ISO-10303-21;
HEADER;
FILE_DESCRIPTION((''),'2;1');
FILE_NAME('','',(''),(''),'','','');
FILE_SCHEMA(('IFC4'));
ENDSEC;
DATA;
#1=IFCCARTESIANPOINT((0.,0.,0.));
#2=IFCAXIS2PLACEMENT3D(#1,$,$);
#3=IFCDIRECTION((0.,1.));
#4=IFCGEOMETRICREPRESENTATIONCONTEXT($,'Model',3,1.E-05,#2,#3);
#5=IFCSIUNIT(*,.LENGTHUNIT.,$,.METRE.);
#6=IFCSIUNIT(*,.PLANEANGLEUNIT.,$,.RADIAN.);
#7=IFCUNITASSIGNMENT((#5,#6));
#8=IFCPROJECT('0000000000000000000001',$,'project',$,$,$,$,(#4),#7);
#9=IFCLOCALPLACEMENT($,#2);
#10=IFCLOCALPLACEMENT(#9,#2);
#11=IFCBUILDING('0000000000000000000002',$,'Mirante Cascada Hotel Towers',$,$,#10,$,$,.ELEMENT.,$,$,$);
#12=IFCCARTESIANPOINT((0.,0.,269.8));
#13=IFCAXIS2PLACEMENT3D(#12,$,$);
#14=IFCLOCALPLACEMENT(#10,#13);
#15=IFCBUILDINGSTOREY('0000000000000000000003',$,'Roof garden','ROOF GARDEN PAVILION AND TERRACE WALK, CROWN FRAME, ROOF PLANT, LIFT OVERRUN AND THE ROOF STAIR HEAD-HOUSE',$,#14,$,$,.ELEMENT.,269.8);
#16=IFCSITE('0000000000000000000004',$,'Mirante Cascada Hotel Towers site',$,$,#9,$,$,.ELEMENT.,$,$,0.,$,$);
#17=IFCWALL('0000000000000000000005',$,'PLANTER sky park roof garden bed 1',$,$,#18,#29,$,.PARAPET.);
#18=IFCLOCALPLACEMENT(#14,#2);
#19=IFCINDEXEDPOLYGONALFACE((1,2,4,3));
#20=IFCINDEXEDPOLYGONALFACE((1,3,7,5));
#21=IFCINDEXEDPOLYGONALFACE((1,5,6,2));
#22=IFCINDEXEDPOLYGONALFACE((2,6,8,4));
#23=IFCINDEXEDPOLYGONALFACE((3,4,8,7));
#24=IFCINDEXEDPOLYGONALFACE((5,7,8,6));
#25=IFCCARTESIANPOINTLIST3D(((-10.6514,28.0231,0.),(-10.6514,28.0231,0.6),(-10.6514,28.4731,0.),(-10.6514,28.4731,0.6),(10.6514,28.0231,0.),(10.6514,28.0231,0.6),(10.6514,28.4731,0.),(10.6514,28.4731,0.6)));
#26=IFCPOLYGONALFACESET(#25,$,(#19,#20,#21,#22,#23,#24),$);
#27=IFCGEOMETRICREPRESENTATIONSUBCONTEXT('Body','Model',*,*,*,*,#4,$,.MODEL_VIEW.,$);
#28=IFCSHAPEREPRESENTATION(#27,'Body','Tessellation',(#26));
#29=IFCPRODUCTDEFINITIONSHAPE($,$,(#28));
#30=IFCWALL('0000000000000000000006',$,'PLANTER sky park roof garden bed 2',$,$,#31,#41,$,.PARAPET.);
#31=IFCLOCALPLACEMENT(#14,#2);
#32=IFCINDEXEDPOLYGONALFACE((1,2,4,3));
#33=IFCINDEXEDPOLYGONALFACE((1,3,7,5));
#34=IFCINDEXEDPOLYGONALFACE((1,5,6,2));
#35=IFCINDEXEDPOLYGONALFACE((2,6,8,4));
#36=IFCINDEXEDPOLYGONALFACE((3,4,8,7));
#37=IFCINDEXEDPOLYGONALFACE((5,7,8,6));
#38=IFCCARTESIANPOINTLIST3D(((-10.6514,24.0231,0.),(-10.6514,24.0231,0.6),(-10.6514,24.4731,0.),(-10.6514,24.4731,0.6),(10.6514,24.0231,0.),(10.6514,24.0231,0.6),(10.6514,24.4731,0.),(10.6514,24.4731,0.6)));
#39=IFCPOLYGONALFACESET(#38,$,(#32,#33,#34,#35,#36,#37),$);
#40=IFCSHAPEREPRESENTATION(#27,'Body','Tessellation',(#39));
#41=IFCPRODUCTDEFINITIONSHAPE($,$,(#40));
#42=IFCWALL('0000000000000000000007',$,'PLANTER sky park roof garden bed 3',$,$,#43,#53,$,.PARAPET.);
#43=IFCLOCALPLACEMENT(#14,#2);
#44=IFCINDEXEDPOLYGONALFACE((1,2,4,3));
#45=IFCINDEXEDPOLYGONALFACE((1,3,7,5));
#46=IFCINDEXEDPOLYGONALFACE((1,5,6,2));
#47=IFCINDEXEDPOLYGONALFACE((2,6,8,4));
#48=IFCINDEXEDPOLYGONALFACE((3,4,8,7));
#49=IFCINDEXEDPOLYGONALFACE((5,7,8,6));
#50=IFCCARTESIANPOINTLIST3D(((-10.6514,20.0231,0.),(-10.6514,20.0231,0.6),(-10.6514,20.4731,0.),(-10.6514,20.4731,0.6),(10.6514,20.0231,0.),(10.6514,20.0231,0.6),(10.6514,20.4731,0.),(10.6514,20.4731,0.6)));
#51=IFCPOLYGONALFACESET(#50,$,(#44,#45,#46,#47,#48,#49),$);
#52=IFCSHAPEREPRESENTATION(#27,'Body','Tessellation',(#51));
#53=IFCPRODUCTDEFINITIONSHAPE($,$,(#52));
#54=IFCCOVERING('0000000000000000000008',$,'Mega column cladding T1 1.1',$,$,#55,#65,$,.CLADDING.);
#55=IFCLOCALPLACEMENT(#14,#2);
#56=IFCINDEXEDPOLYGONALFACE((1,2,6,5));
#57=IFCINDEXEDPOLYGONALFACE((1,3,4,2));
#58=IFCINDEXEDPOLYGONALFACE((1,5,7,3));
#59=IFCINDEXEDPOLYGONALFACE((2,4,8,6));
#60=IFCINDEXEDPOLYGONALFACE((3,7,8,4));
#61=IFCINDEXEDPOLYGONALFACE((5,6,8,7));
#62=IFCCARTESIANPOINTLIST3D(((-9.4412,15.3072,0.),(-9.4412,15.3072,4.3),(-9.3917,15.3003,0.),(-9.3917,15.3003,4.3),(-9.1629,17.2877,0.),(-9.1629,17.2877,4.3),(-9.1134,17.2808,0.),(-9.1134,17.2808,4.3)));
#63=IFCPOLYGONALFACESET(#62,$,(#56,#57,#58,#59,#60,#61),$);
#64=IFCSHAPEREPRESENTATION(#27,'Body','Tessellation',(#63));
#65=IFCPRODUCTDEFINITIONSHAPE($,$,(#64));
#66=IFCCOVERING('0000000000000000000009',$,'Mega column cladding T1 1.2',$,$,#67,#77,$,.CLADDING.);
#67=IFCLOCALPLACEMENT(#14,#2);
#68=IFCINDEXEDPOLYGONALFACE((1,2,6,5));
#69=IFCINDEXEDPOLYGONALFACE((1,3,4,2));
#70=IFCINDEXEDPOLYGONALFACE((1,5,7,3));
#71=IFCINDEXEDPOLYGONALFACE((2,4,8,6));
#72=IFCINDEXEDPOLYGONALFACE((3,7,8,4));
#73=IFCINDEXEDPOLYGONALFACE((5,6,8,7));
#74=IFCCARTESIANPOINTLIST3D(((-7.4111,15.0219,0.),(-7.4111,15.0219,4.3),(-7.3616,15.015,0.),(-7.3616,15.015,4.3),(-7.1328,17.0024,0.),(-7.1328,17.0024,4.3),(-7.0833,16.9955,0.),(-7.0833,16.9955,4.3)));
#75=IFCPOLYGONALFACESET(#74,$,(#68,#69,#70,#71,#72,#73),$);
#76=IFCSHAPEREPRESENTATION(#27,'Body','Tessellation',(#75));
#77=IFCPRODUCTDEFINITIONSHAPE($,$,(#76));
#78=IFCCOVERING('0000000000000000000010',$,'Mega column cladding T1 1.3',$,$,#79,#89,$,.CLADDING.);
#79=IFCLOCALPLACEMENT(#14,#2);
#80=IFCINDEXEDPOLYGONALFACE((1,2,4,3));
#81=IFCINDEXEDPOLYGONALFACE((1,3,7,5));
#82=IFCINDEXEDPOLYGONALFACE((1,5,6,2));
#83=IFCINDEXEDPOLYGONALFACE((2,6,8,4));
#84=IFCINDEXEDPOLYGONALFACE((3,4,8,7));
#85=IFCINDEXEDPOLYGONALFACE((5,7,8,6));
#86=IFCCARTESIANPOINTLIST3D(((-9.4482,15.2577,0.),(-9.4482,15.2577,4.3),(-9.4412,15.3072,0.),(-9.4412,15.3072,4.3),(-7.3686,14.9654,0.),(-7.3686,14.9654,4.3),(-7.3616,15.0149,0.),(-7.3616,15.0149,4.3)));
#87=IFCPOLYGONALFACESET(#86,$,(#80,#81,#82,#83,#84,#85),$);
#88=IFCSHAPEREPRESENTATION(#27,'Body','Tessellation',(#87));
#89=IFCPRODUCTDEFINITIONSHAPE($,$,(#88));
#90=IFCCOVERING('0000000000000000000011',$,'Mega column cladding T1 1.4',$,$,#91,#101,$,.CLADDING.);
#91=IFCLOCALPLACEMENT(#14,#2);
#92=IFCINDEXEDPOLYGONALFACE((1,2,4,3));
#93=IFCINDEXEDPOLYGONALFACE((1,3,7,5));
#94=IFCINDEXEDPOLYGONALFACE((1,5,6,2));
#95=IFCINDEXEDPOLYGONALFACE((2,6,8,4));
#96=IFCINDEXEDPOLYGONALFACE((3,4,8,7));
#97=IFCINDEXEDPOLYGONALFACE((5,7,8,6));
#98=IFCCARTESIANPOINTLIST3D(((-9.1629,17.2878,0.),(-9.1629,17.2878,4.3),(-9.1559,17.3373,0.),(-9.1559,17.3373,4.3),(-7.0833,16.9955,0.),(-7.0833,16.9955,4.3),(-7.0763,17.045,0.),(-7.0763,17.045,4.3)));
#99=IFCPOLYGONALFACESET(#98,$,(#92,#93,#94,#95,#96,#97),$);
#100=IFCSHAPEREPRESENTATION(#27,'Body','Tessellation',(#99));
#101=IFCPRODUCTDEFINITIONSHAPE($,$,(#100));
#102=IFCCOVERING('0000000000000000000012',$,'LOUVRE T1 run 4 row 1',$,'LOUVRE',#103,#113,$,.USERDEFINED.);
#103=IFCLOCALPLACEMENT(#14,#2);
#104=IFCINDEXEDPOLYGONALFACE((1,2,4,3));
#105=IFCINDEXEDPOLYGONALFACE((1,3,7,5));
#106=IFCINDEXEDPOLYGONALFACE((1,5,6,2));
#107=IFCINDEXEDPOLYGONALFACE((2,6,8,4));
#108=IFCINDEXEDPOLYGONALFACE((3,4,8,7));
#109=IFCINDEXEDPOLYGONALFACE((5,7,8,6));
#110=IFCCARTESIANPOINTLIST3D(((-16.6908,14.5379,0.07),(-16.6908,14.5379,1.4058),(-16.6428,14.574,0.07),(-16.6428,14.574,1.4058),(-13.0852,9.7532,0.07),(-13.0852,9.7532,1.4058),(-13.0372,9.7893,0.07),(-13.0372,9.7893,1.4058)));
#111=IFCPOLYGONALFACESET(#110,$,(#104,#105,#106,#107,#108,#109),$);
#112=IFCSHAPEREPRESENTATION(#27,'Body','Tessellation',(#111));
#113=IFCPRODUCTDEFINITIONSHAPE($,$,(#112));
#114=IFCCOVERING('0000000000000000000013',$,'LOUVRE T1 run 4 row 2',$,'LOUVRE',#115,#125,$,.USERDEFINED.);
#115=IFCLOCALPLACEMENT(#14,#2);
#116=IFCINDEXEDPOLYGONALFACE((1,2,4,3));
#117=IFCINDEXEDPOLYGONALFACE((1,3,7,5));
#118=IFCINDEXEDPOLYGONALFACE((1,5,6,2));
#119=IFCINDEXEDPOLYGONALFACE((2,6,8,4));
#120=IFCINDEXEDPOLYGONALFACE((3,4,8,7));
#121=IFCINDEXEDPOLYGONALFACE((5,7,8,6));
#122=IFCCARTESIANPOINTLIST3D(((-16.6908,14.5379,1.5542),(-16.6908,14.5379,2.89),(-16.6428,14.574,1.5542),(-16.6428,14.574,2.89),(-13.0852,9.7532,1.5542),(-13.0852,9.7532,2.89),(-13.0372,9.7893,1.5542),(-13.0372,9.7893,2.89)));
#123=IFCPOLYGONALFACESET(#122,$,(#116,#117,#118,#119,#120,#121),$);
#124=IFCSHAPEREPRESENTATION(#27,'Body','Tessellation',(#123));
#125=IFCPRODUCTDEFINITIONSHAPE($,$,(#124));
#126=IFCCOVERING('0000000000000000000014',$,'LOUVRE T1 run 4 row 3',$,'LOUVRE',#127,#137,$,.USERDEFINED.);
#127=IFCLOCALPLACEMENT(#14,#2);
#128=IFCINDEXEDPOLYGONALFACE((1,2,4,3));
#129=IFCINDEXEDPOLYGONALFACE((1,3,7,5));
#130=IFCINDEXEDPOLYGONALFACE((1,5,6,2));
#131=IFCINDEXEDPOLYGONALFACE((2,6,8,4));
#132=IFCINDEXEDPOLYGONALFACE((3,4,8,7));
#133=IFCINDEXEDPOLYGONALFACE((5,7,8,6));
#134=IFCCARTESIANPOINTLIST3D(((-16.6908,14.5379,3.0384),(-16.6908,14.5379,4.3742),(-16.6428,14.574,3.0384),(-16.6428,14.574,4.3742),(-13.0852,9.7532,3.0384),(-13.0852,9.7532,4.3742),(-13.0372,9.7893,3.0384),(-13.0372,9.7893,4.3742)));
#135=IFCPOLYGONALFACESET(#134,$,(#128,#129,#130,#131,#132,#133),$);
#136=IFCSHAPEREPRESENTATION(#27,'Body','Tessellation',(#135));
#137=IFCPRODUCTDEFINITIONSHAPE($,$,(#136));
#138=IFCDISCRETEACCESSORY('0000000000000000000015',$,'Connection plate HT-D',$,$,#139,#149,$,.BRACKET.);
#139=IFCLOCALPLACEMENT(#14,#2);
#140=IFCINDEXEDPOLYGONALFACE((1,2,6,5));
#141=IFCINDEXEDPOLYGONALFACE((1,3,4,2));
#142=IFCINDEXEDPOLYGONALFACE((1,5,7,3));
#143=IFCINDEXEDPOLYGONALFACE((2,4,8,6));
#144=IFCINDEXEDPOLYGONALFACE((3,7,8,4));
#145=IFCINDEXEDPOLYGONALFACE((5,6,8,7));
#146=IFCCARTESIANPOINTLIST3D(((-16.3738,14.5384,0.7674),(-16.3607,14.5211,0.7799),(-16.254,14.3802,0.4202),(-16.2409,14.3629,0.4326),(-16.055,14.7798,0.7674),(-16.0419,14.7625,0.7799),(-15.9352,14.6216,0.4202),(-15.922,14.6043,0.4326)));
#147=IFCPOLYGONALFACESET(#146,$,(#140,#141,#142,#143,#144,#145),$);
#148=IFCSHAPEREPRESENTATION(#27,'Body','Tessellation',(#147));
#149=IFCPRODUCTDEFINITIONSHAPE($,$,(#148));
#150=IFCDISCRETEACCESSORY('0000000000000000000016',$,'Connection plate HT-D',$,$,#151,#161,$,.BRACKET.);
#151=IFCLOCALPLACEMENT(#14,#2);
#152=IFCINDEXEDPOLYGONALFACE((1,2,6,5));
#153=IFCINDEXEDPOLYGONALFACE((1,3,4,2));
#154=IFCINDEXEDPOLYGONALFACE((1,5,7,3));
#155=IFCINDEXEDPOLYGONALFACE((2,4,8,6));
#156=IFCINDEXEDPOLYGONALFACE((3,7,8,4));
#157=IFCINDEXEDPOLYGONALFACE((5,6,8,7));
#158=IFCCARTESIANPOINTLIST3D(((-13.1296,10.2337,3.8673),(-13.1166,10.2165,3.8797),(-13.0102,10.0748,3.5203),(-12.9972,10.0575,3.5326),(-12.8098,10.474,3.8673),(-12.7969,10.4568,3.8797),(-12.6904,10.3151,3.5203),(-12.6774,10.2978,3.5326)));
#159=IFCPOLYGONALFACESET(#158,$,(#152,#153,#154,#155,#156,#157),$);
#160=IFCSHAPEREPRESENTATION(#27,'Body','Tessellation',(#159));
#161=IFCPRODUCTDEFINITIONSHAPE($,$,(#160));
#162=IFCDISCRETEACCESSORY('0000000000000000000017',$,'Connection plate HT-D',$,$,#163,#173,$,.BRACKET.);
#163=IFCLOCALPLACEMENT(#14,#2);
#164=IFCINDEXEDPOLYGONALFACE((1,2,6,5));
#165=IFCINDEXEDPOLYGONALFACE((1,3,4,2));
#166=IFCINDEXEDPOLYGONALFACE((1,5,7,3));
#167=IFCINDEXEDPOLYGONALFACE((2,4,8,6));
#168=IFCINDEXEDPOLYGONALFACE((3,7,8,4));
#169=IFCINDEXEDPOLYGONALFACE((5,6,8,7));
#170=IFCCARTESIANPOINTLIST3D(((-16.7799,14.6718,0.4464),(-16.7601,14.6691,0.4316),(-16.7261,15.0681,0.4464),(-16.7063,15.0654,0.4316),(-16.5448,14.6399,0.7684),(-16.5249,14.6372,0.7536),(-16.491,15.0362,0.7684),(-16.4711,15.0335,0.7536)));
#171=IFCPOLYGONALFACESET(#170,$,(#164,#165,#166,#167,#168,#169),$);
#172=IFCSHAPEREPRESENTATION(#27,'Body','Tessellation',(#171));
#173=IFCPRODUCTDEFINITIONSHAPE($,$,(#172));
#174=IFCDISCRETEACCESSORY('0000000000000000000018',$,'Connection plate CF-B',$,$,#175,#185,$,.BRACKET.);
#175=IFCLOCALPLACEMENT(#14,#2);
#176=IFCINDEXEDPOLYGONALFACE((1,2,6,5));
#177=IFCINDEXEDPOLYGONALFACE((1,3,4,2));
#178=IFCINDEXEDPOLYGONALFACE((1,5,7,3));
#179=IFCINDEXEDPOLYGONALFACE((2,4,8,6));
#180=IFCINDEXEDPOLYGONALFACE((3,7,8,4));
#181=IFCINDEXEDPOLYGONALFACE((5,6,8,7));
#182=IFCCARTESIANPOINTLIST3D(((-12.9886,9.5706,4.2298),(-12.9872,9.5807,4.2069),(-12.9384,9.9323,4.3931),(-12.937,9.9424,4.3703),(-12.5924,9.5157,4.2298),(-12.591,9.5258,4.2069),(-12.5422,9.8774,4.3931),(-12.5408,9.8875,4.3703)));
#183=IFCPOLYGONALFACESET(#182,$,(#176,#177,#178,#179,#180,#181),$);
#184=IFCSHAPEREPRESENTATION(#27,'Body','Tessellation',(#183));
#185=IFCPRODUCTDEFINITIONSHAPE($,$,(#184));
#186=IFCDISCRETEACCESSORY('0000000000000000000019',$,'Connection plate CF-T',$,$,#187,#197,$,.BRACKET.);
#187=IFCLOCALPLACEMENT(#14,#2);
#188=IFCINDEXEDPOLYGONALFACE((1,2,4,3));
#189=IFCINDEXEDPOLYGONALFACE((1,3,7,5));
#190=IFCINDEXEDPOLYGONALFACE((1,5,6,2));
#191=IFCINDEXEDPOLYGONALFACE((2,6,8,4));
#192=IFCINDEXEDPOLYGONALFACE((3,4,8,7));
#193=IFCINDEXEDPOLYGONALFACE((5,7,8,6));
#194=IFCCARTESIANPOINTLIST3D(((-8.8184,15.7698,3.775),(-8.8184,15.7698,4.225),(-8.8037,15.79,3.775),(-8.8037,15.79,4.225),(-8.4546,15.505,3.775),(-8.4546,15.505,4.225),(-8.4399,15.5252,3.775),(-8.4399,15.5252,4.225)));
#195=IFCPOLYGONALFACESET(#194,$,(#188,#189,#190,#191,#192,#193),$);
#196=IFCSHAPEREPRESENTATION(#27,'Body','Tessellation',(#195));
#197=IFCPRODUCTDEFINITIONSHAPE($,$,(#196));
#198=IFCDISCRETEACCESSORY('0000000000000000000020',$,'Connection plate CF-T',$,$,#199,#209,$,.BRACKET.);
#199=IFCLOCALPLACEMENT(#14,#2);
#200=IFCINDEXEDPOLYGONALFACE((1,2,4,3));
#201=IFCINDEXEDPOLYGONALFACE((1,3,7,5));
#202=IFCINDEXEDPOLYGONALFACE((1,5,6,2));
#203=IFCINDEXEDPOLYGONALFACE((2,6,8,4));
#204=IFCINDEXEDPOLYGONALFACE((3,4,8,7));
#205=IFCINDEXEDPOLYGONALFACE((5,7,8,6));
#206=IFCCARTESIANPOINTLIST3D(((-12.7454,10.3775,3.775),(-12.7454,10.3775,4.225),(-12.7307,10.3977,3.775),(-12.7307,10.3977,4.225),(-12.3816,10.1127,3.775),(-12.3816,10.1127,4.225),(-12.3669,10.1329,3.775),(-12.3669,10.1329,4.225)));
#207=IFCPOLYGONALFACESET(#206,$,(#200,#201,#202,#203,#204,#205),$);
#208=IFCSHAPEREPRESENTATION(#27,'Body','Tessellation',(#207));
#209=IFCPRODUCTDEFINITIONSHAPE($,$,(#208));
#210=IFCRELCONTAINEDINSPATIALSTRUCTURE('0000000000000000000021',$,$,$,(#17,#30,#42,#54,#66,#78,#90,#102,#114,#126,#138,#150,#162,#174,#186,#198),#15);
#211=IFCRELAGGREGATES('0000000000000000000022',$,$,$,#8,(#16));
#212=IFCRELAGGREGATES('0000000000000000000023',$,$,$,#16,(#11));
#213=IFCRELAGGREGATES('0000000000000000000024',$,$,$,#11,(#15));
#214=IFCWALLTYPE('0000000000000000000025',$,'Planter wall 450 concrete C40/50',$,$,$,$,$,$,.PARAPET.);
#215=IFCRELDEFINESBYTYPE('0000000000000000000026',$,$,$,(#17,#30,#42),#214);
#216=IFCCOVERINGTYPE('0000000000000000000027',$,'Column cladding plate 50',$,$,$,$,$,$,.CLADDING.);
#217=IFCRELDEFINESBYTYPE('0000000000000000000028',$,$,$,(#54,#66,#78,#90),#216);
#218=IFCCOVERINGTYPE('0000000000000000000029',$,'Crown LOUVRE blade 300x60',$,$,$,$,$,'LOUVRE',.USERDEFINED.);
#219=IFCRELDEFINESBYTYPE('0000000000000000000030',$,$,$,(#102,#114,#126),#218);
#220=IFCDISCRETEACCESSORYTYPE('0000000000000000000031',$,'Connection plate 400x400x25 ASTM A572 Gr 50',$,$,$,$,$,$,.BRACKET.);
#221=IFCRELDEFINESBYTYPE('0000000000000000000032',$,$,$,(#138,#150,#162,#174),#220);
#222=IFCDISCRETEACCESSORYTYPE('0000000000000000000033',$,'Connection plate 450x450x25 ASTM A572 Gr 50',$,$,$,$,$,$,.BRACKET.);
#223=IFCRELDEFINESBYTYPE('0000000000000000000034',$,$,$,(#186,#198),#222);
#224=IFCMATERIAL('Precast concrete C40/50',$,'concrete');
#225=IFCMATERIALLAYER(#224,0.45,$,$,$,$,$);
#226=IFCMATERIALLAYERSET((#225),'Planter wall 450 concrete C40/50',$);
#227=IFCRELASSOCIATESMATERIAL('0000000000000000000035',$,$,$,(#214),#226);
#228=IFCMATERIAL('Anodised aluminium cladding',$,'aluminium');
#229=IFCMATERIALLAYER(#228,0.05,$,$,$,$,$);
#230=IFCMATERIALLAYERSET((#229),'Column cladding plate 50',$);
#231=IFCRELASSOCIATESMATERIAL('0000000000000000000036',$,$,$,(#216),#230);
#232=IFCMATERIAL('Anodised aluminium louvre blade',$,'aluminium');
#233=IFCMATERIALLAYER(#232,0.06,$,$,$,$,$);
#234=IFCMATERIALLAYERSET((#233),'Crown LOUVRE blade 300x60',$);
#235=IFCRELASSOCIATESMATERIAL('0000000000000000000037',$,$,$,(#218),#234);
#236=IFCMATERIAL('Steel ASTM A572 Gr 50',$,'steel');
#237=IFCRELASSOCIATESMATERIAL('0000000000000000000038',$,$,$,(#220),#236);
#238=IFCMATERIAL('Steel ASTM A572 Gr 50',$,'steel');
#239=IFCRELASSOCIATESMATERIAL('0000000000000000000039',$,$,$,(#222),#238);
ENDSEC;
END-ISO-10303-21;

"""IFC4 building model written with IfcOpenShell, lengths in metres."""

from ifc_helpers import new_model, si_unit, direction, frame, frame_2d, origin, origin_2d, place, context, subcontext, project, spatial, rectangle, extrude, material, layer, layer_set, material_profile, profile_set, type_object, element, save


model = new_model("IFC4")

# Units and contexts
model_context = context("Model", 3, precision=1e-05, world=origin(), true_north=direction((0.0, 1.0)))
body_context = subcontext(model_context, "Body", "Model", "MODEL_VIEW")
ifc_project = project(units=[si_unit("LENGTHUNIT", "METRE"), si_unit("PLANEANGLEUNIT", "RADIAN")], contexts=[model_context])

# Site, building, storey
site_placement = place(None, origin())
site = spatial("IfcSite", under=ifc_project, at=site_placement, Name="Mirante Cascada Hotel Towers site", CompositionType="ELEMENT", RefElevation=0.0)
building_placement = place(site_placement, origin())
building = spatial("IfcBuilding", under=site, at=building_placement, Name="Mirante Cascada Hotel Towers", CompositionType="ELEMENT")
storey_placement = place(building_placement, frame((0.0, 0.0, 269.8)))
storey = spatial("IfcBuildingStorey", under=building, at=storey_placement, Name="Roof garden", Description="ROOF GARDEN PAVILION AND TERRACE WALK, CROWN FRAME, ROOF PLANT, LIFT OVERRUN AND THE ROOF STAIR HEAD-HOUSE", CompositionType="ELEMENT", Elevation=269.8)

# Walls
ifc_material_1 = material(Name="Precast concrete C40/50", Category="concrete")
ifc_layer_1 = layer(ifc_material_1, 0.45)
ifc_layer_set_1 = layer_set([ifc_layer_1], Name="Planter wall 450 concrete C40/50")
wall_type = type_object("IfcWallType", Name="Planter wall 450 concrete C40/50", PredefinedType="PARAPET", material=ifc_layer_set_1)
for number, where, z_axis, x_axis, name in (
    (1, (-10.6514, 28.2481, 0.0), (0.0, 0.0, 1.0), (1.0, 0.0, 0.0), "PLANTER sky park roof garden bed 1"),
    (2, (-10.6514, 24.2481, 0.0), (0.0, 0.0, 1.0), (1.0, 0.0, 0.0), "PLANTER sky park roof garden bed 2"),
    (3, (-10.6514, 20.2481, 0.0), (0.0, 0.0, 1.0), (1.0, 0.0, 0.0), "PLANTER sky park roof garden bed 3"),
):
    element("IfcWall", number, at=place(storey_placement, frame(where, z_axis=z_axis, x_axis=x_axis)), inside=storey, type_object=wall_type, Name=name, PredefinedType="PARAPET", context=body_context, shape_type="SweptSolid", body=[
        extrude(rectangle(XDim=21.3028, YDim=0.45, at=frame_2d((10.6514, 0.0))), origin(), (0.0, 0.0, 1.0), 0.6),
    ])

# Coverings
ifc_material_2 = material(Name="Anodised aluminium cladding", Category="aluminium")
ifc_layer_2 = layer(ifc_material_2, 0.05)
ifc_layer_set_2 = layer_set([ifc_layer_2], Name="Column cladding plate 50")
covering_type_1 = type_object("IfcCoveringType", Name="Column cladding plate 50", PredefinedType="CLADDING", material=ifc_layer_set_2)
for number, where, z_axis, x_axis, name in (
    (4, (-9.2773, 16.294, 0.0), (0.0, 0.0, 1.0), (-0.990268, 0.139173, 0.0), "Mega column cladding T1 1.1"),
    (5, (-7.2472, 16.0087, 0.0), (0.0, 0.0, 1.0), (-0.990268, 0.139173, 0.0), "Mega column cladding T1 1.2"),
):
    element("IfcCovering", number, at=place(storey_placement, frame(where, z_axis=z_axis, x_axis=x_axis)), inside=storey, type_object=covering_type_1, Name=name, PredefinedType="CLADDING", context=body_context, shape_type="SweptSolid", body=[
        extrude(rectangle(XDim=0.05, YDim=2.0, at=origin_2d()), origin(), (0.0, 0.0, 1.0), 4.3),
    ])
for number, where, z_axis, x_axis, name in (
    (6, (-8.4049, 15.1363, 0.0), (0.0, 0.0, 1.0), (-0.990268, 0.139173, 0.0), "Mega column cladding T1 1.3"),
    (7, (-8.1196, 17.1664, 0.0), (0.0, 0.0, 1.0), (-0.990268, 0.139173, 0.0), "Mega column cladding T1 1.4"),
):
    element("IfcCovering", number, at=place(storey_placement, frame(where, z_axis=z_axis, x_axis=x_axis)), inside=storey, type_object=covering_type_1, Name=name, PredefinedType="CLADDING", context=body_context, shape_type="SweptSolid", body=[
        extrude(rectangle(XDim=2.1, YDim=0.05, at=origin_2d()), origin(), (0.0, 0.0, 1.0), 4.3),
    ])
ifc_material_3 = material(Name="Anodised aluminium louvre blade", Category="aluminium")
ifc_layer_3 = layer(ifc_material_3, 0.06)
ifc_layer_set_3 = layer_set([ifc_layer_3], Name="Crown LOUVRE blade 300x60")
covering_type_2 = type_object("IfcCoveringType", Name="Crown LOUVRE blade 300x60", ElementType="LOUVRE", PredefinedType="USERDEFINED", material=ifc_layer_set_3)
for number, where, z_axis, x_axis, name in (
    (8, (-14.864, 12.1636, 0.07), (0.0, 0.0, 1.0), (-0.601815, 0.798636, 0.0), "LOUVRE T1 run 4 row 1"),
    (9, (-14.864, 12.1636, 1.5542), (0.0, 0.0, 1.0), (-0.601815, 0.798636, 0.0), "LOUVRE T1 run 4 row 2"),
    (10, (-14.864, 12.1636, 3.0384), (0.0, 0.0, 1.0), (-0.601815, 0.798636, 0.0), "LOUVRE T1 run 4 row 3"),
):
    element("IfcCovering", number, at=place(storey_placement, frame(where, z_axis=z_axis, x_axis=x_axis)), inside=storey, type_object=covering_type_2, Name=name, ObjectType="LOUVRE", PredefinedType="USERDEFINED", context=body_context, shape_type="SweptSolid", body=[
        extrude(rectangle(XDim=5.9912, YDim=0.06, at=origin_2d()), origin(), (0.0, 0.0, 1.0), 1.3358),
    ])

# Discrete accessories
ifc_material_4 = material(Name="Steel ASTM A572 Gr 50", Category="steel")
ifc_material_profile_1 = material_profile(ifc_material_4, rectangle(XDim=0.4, YDim=0.4, at=origin_2d()), Name="Connection plate 400x400x25 ASTM A572 Gr 50")
ifc_profile_set_1 = profile_set([ifc_material_profile_1], Name="Steel ASTM A572 Gr 50")
discrete_accessory_type_1 = type_object("IfcDiscreteAccessoryType", Name="Connection plate 400x400x25 ASTM A572 Gr 50", PredefinedType="BRACKET", material=ifc_profile_set_1)
discrete_accessory_1_placement = place(storey_placement, frame((-16.1545, 14.58, 0.5938), z_axis=(0.524143, -0.692188, 0.496135), x_axis=(0.797227, 0.60368, 0.0)))
element("IfcDiscreteAccessory", 11, at=discrete_accessory_1_placement, inside=storey, type_object=discrete_accessory_type_1, Name="Connection plate HT-D", PredefinedType="BRACKET", context=body_context, shape_type="SweptSolid", body=[
    extrude(rectangle(XDim=0.4, YDim=0.4, at=origin_2d()), origin(), (0.0, 0.0, 1.0), 0.025),
])
for number, where, z_axis, x_axis, name in (
    (12, (-12.91, 10.2744, 3.6938), (0.521232, -0.693639, 0.497175), (0.799445, 0.600739, 0.0), "Connection plate HT-D"),
    (13, (-16.6156, 14.8513, 0.5926), (-0.797699, 0.108231, 0.593264), (-0.134446, -0.990921, 0.0), "Connection plate HT-D"),
):
    element("IfcDiscreteAccessory", number, at=place(storey_placement, frame(where, z_axis=z_axis, x_axis=x_axis)), inside=storey, type_object=discrete_accessory_type_1, Name=name, PredefinedType="BRACKET", context=body_context, shape_type="SweptSolid", body=[
        extrude(rectangle(XDim=0.4, YDim=0.4, at=origin_2d()), origin(), (0.0, 0.0, 1.0), 0.0249),
    ])
discrete_accessory_2_placement = place(storey_placement, frame((-12.764, 9.7341, 4.2886), z_axis=(-0.056053, -0.404385, 0.91287), x_axis=(0.990529, -0.137301, 0.0)))
element("IfcDiscreteAccessory", 14, at=discrete_accessory_2_placement, inside=storey, type_object=discrete_accessory_type_1, Name="Connection plate CF-B", PredefinedType="BRACKET", context=body_context, shape_type="SweptSolid", body=[
    extrude(rectangle(XDim=0.4, YDim=0.4, at=origin_2d()), origin(), (0.0, 0.0, 1.0), 0.025),
])
ifc_material_5 = material(Name="Steel ASTM A572 Gr 50", Category="steel")
ifc_material_profile_2 = material_profile(ifc_material_5, rectangle(XDim=0.45, YDim=0.45, at=origin_2d()), Name="Connection plate 450x450x25 ASTM A572 Gr 50")
ifc_profile_set_2 = profile_set([ifc_material_profile_2], Name="Steel ASTM A572 Gr 50")
discrete_accessory_type_2 = type_object("IfcDiscreteAccessoryType", Name="Connection plate 450x450x25 ASTM A572 Gr 50", PredefinedType="BRACKET", material=ifc_profile_set_2)
for number, where, z_axis, x_axis, name in (
    (15, (-8.6218, 15.6576, 4.0), (-0.58841, -0.808563, 0.0), (0.808563, -0.58841, 0.0), "Connection plate CF-T"),
    (16, (-12.5488, 10.2653, 4.0), (-0.58841, -0.808563, 0.0), (0.808563, -0.58841, 0.0), "Connection plate CF-T"),
):
    element("IfcDiscreteAccessory", number, at=place(storey_placement, frame(where, z_axis=z_axis, x_axis=x_axis)), inside=storey, type_object=discrete_accessory_type_2, Name=name, PredefinedType="BRACKET", context=body_context, shape_type="SweptSolid", body=[
        extrude(rectangle(XDim=0.45, YDim=0.45, at=origin_2d()), origin(), (0.0, 0.0, 1.0), 0.025),
    ])

save(model, "model.ifc")
